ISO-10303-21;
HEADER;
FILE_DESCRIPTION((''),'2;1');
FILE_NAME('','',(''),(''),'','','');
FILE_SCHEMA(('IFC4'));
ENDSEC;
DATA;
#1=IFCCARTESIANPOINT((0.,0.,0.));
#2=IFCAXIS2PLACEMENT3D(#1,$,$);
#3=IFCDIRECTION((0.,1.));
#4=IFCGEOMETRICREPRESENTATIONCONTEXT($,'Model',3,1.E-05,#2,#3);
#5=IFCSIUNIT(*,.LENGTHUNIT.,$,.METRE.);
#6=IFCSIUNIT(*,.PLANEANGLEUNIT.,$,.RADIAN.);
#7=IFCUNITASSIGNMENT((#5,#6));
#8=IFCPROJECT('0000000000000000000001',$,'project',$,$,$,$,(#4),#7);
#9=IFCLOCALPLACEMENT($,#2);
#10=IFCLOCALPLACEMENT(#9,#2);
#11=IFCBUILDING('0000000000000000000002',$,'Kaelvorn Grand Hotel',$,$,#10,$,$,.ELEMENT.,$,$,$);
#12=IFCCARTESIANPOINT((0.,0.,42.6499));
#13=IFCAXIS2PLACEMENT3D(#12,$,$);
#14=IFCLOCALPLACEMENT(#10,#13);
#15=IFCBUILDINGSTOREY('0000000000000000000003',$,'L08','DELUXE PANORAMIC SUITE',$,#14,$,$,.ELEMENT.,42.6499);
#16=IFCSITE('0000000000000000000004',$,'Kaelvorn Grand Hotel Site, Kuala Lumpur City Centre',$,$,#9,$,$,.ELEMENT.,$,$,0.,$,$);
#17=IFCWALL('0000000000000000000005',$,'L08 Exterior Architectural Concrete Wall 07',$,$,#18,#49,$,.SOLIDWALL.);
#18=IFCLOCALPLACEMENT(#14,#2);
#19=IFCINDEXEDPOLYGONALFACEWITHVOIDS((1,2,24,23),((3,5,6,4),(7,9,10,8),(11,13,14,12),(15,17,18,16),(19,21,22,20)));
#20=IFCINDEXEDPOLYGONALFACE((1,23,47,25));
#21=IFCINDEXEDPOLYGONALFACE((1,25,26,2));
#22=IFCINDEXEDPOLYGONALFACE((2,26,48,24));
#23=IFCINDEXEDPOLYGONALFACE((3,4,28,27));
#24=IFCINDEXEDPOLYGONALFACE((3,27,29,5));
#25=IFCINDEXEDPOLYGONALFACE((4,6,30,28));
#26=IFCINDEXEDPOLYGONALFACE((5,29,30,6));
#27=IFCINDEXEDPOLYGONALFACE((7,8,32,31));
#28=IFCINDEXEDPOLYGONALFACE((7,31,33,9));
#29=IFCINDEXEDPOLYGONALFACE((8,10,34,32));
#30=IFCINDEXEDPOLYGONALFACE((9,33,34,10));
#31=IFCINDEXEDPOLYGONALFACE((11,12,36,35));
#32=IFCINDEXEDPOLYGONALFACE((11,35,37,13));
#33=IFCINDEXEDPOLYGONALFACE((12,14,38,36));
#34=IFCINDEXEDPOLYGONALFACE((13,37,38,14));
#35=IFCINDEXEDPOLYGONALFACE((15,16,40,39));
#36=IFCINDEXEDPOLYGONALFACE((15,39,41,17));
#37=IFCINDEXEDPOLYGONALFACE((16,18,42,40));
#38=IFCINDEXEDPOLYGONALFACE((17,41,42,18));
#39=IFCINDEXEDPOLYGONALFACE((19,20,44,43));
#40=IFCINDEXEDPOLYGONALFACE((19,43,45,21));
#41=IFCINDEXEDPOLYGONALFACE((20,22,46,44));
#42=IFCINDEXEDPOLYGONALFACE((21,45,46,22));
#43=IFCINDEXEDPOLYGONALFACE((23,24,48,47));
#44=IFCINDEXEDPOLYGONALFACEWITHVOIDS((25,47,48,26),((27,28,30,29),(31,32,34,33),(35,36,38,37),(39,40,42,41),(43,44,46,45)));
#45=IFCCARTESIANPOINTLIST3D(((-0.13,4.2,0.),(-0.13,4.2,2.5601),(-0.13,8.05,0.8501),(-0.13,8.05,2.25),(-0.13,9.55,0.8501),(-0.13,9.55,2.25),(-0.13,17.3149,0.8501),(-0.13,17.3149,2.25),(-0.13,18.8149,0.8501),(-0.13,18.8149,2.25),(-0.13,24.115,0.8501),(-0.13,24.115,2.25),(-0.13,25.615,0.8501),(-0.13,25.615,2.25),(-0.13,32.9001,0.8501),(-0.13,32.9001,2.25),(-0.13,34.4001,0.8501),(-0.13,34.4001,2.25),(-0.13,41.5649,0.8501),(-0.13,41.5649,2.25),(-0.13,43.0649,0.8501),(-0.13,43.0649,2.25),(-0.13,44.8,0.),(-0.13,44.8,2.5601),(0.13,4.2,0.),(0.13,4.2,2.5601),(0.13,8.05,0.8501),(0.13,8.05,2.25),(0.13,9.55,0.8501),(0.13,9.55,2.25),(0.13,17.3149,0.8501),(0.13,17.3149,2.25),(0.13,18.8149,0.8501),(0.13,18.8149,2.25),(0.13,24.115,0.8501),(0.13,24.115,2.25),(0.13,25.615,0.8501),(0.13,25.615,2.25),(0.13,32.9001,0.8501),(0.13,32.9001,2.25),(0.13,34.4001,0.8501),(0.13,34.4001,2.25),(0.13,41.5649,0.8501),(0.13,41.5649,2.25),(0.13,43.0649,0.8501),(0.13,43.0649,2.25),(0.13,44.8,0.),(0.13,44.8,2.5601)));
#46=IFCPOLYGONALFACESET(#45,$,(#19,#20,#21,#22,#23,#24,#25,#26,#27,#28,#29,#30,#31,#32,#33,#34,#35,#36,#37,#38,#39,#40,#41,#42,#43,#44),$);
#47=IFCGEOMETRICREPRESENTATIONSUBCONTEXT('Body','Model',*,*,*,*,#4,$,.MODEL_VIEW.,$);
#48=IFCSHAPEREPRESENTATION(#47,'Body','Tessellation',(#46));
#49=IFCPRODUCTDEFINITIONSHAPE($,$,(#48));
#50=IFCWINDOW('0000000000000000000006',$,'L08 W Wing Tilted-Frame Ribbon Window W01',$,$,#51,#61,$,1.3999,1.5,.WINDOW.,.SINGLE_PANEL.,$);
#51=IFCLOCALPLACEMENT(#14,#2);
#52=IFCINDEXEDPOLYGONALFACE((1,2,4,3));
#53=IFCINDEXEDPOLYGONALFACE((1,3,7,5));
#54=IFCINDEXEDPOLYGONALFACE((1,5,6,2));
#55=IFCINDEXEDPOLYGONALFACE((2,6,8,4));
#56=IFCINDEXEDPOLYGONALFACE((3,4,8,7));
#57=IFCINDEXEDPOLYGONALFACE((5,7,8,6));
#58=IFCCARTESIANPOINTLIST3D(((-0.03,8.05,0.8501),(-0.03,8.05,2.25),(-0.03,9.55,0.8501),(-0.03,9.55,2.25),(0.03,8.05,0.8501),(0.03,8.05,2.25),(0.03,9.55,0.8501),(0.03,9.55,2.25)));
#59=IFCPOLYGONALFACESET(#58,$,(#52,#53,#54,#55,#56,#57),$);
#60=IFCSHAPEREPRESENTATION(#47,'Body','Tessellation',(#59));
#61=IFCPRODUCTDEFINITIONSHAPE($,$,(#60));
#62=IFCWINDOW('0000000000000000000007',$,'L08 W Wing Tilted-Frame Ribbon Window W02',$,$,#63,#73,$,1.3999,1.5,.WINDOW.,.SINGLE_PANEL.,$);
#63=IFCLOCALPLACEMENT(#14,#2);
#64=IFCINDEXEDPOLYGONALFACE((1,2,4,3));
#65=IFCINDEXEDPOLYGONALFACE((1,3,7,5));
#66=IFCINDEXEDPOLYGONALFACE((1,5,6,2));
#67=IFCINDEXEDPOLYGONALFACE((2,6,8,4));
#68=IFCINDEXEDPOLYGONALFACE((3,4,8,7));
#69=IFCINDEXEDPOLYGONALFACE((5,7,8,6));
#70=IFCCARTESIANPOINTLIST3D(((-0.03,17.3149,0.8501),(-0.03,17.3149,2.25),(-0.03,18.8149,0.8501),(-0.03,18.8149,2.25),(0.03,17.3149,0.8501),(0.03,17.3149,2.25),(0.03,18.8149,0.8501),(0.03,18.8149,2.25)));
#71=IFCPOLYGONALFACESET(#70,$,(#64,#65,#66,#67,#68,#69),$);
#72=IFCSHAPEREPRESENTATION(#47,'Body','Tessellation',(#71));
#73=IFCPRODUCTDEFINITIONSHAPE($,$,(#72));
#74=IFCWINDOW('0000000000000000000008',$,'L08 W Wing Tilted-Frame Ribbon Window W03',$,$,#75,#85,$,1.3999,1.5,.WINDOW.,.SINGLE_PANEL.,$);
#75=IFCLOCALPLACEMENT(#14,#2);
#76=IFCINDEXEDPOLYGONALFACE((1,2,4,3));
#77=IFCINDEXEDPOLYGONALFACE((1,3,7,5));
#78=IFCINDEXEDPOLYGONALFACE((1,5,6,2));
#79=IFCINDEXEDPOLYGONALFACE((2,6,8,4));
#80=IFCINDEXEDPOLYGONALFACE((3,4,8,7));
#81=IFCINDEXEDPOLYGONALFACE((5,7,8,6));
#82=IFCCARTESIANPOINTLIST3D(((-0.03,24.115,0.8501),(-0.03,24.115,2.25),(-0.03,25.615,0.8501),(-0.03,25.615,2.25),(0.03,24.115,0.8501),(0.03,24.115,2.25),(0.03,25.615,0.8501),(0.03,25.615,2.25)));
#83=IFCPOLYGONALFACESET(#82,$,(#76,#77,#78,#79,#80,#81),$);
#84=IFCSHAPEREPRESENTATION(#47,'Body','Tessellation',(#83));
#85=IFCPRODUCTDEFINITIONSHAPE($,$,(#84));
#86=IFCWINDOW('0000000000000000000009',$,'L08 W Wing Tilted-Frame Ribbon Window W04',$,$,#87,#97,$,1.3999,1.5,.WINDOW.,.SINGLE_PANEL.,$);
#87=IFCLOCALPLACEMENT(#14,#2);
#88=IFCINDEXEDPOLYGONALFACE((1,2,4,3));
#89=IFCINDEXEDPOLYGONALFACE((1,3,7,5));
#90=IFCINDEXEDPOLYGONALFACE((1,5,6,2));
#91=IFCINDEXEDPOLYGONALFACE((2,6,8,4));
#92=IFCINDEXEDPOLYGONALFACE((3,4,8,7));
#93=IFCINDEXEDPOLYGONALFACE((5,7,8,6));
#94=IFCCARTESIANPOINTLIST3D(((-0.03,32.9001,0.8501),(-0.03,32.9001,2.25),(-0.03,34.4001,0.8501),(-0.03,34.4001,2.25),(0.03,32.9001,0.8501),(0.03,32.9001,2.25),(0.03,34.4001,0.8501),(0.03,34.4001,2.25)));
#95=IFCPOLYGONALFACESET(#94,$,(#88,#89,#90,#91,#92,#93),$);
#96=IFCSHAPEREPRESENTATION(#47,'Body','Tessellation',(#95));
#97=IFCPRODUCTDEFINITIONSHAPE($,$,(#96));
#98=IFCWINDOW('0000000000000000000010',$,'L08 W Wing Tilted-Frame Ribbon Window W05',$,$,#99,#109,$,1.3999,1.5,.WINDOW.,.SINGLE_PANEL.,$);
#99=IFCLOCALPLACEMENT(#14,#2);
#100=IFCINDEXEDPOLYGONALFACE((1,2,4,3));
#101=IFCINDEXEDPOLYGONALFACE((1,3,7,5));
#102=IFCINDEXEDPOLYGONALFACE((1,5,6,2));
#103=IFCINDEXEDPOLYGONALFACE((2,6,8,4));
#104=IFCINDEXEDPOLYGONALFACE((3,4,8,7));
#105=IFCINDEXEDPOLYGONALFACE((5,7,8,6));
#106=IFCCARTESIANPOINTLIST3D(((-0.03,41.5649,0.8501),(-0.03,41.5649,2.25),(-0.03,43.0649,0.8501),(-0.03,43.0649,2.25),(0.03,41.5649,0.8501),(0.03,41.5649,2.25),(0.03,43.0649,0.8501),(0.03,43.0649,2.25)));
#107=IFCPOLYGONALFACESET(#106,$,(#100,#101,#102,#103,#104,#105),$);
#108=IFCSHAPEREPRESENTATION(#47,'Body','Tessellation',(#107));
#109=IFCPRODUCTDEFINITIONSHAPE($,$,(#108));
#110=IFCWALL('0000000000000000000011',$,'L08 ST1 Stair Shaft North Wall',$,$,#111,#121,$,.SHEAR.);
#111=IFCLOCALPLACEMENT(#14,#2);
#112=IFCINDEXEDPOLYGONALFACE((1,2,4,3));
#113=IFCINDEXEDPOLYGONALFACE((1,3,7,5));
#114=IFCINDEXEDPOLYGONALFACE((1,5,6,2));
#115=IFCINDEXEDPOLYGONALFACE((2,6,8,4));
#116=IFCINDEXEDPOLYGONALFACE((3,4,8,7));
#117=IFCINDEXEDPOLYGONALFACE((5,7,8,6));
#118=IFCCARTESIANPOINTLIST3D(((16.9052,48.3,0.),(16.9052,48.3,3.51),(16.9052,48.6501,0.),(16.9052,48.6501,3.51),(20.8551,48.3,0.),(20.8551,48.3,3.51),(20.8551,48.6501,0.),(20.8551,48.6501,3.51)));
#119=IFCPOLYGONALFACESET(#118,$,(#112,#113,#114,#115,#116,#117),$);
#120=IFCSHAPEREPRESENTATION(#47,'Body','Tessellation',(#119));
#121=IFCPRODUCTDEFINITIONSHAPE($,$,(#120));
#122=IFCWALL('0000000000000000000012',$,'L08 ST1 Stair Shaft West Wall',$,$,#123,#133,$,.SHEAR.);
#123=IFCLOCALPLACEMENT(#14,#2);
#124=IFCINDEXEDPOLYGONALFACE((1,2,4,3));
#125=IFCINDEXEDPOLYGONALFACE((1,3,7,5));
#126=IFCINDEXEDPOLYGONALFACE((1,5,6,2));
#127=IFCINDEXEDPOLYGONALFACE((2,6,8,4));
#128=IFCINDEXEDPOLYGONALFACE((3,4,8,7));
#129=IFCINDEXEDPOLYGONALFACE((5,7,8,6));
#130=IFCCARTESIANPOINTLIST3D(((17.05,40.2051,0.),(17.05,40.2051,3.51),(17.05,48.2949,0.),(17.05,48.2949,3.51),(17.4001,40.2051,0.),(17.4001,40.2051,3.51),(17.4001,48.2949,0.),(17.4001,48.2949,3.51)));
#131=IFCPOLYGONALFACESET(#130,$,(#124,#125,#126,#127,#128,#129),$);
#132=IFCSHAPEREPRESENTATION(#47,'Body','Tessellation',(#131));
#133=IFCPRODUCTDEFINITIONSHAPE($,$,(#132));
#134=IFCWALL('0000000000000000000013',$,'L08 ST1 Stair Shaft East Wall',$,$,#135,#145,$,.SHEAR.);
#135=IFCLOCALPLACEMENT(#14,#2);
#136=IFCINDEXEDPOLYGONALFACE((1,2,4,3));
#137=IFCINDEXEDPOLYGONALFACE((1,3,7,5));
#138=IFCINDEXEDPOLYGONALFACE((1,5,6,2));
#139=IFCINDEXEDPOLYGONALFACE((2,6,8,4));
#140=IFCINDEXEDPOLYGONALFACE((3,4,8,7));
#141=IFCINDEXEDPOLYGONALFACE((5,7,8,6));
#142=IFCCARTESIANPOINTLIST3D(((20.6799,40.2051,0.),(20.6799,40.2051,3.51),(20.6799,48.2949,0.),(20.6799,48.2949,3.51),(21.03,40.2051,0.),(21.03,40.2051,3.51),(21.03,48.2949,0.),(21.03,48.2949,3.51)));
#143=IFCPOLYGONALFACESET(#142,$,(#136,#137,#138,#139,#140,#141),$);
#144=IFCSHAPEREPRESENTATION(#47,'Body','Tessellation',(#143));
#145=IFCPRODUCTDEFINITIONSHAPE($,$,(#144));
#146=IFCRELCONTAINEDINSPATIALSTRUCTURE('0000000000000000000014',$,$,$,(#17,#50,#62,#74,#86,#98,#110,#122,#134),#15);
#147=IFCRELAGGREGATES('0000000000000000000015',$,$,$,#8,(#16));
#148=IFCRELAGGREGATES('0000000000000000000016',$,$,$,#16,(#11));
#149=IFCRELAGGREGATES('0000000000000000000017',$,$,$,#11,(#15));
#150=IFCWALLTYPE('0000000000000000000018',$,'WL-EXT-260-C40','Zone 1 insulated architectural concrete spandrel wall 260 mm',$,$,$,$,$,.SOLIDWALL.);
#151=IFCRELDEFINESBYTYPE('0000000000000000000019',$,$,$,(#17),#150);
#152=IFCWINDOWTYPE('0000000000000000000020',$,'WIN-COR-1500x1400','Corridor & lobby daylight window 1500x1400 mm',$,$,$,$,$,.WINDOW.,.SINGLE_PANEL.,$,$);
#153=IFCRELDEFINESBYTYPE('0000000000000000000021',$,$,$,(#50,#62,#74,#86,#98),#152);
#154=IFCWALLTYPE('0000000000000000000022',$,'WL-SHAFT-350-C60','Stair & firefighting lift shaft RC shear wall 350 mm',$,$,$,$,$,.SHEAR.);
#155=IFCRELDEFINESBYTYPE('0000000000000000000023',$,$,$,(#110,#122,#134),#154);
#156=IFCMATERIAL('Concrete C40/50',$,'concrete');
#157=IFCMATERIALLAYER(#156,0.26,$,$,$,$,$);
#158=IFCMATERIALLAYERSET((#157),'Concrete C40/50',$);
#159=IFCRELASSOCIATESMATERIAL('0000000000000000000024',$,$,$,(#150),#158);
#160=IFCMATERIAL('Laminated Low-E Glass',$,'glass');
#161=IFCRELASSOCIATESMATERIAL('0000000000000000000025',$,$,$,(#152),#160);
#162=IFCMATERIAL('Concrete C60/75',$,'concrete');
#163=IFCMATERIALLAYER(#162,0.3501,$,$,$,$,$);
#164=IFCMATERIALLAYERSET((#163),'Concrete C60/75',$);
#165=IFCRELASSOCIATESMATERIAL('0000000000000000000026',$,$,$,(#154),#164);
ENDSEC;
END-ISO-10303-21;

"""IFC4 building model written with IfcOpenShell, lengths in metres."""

from ifc_helpers import new_model, si_unit, direction, frame, frame_2d, origin, place, context, subcontext, project, spatial, rectangle, extrude, material, layer, layer_set, type_object, element, fill, save


model = new_model("IFC4")

# Units and contexts
model_context = context("Model", 3, precision=1e-05, world=origin(), true_north=direction((0.0, 1.0)))
body_context = subcontext(model_context, "Body", "Model", "MODEL_VIEW")
ifc_project = project(units=[si_unit("LENGTHUNIT", "METRE"), si_unit("PLANEANGLEUNIT", "RADIAN")], contexts=[model_context])

# Site, building, storey
site_placement = place(None, origin())
site = spatial("IfcSite", under=ifc_project, at=site_placement, Name="Kaelvorn Grand Hotel Site, Kuala Lumpur City Centre", CompositionType="ELEMENT", RefElevation=0.0)
building_placement = place(site_placement, origin())
building = spatial("IfcBuilding", under=site, at=building_placement, Name="Kaelvorn Grand Hotel", CompositionType="ELEMENT")
storey_placement = place(building_placement, frame((0.0, 0.0, 42.6499)))
storey = spatial("IfcBuildingStorey", under=building, at=storey_placement, Name="L08", Description="DELUXE PANORAMIC SUITE", CompositionType="ELEMENT", Elevation=42.6499)

# Shared definitions
ifc_material_1 = material(Name="Concrete C60/75", Category="concrete")

# Shared definitions
ifc_material_2 = material(Name="Concrete C40/50", Category="concrete")
ifc_layer_1 = layer(ifc_material_2, 0.26)
ifc_layer_set_1 = layer_set([ifc_layer_1], Name="Concrete C40/50")
wall_type_1 = type_object("IfcWallType", Name="WL-EXT-260-C40", Description="Zone 1 insulated architectural concrete spandrel wall 260 mm", PredefinedType="SOLIDWALL", material=ifc_layer_set_1)

# Wall, openings, windows
wall_1_placement = place(storey_placement, frame((0.0, 44.8, 0.0), z_axis=(0.0, 0.0, 1.0), x_axis=(0.0, -1.0, 0.0)))
wall_1 = element("IfcWall", 1, at=wall_1_placement, inside=storey, type_object=wall_type_1, Name="L08 Exterior Architectural Concrete Wall 07", PredefinedType="SOLIDWALL", context=body_context, shape_type="SweptSolid", body=[
    extrude(rectangle(XDim=40.6001, YDim=0.26, at=frame_2d((20.3, 0.0))), origin(), (0.0, 0.0, 1.0), 2.5601),
])
opening_1_placement = place(wall_1_placement, frame((35.25, 0.0, 0.8501)))
opening_1 = element("IfcOpeningElement", 2, at=opening_1_placement, cuts=wall_1, PredefinedType="OPENING", context=body_context, shape_type="SweptSolid", body=[
    extrude(rectangle(XDim=1.5, YDim=1.3999, at=frame_2d((0.75, 0.7))), frame((0.0, 0.1401, 0.0), z_axis=(0.0, -1.0, 0.0), x_axis=(1.0, 0.0, 0.0)), (0.0, 0.0, 1.0), 0.28),
])
opening_2_placement = place(wall_1_placement, frame((25.9851, 0.0, 0.8501)))
opening_2 = element("IfcOpeningElement", 3, at=opening_2_placement, cuts=wall_1, PredefinedType="OPENING", context=body_context, shape_type="SweptSolid", body=[
    extrude(rectangle(XDim=1.5, YDim=1.3999, at=frame_2d((0.75, 0.7))), frame((0.0, 0.1401, 0.0), z_axis=(0.0, -1.0, 0.0), x_axis=(1.0, 0.0, 0.0)), (0.0, 0.0, 1.0), 0.28),
])
opening_3_placement = place(wall_1_placement, frame((19.1851, 0.0, 0.8501)))
opening_3 = element("IfcOpeningElement", 4, at=opening_3_placement, cuts=wall_1, PredefinedType="OPENING", context=body_context, shape_type="SweptSolid", body=[
    extrude(rectangle(XDim=1.5, YDim=1.3999, at=frame_2d((0.75, 0.7))), frame((0.0, 0.1401, 0.0), z_axis=(0.0, -1.0, 0.0), x_axis=(1.0, 0.0, 0.0)), (0.0, 0.0, 1.0), 0.28),
])
opening_4_placement = place(wall_1_placement, frame((10.3999, 0.0, 0.8501)))
opening_4 = element("IfcOpeningElement", 5, at=opening_4_placement, cuts=wall_1, PredefinedType="OPENING", context=body_context, shape_type="SweptSolid", body=[
    extrude(rectangle(XDim=1.5, YDim=1.3999, at=frame_2d((0.75, 0.7))), frame((0.0, 0.1401, 0.0), z_axis=(0.0, -1.0, 0.0), x_axis=(1.0, 0.0, 0.0)), (0.0, 0.0, 1.0), 0.28),
])
opening_5_placement = place(wall_1_placement, frame((1.7351, 0.0, 0.8501)))
opening_5 = element("IfcOpeningElement", 6, at=opening_5_placement, cuts=wall_1, PredefinedType="OPENING", context=body_context, shape_type="SweptSolid", body=[
    extrude(rectangle(XDim=1.5, YDim=1.3999, at=frame_2d((0.75, 0.7))), frame((0.0, 0.1401, 0.0), z_axis=(0.0, -1.0, 0.0), x_axis=(1.0, 0.0, 0.0)), (0.0, 0.0, 1.0), 0.28),
])
ifc_material_3 = material(Name="Laminated Low-E Glass", Category="glass")
window_type = type_object("IfcWindowType", Name="WIN-COR-1500x1400", Description="Corridor & lobby daylight window 1500x1400 mm", PartitioningType="SINGLE_PANEL", PredefinedType="WINDOW", material=ifc_material_3)
window_1_placement = place(opening_1_placement, origin())
window_1 = element("IfcWindow", 7, at=window_1_placement, inside=storey, type_object=window_type, Name="L08 W Wing Tilted-Frame Ribbon Window W01", OverallHeight=1.3999, OverallWidth=1.5, PartitioningType="SINGLE_PANEL", PredefinedType="WINDOW", context=body_context, shape_type="SweptSolid", body=[
    extrude(rectangle(XDim=1.5, YDim=1.3999, at=frame_2d((0.75, 0.7))), frame((0.0, 0.03, 0.0), z_axis=(0.0, -1.0, 0.0), x_axis=(1.0, 0.0, 0.0)), (0.0, 0.0, 1.0), 0.0601),
])
fill(opening_1, window_1)
window_2_placement = place(opening_2_placement, origin())
window_2 = element("IfcWindow", 8, at=window_2_placement, inside=storey, type_object=window_type, Name="L08 W Wing Tilted-Frame Ribbon Window W02", OverallHeight=1.3999, OverallWidth=1.5, PartitioningType="SINGLE_PANEL", PredefinedType="WINDOW", context=body_context, shape_type="SweptSolid", body=[
    extrude(rectangle(XDim=1.5, YDim=1.3999, at=frame_2d((0.75, 0.7))), frame((0.0, 0.03, 0.0), z_axis=(0.0, -1.0, 0.0), x_axis=(1.0, 0.0, 0.0)), (0.0, 0.0, 1.0), 0.0601),
])
fill(opening_2, window_2)
window_3_placement = place(opening_3_placement, origin())
window_3 = element("IfcWindow", 9, at=window_3_placement, inside=storey, type_object=window_type, Name="L08 W Wing Tilted-Frame Ribbon Window W03", OverallHeight=1.3999, OverallWidth=1.5, PartitioningType="SINGLE_PANEL", PredefinedType="WINDOW", context=body_context, shape_type="SweptSolid", body=[
    extrude(rectangle(XDim=1.5, YDim=1.3999, at=frame_2d((0.75, 0.7))), frame((0.0, 0.03, 0.0), z_axis=(0.0, -1.0, 0.0), x_axis=(1.0, 0.0, 0.0)), (0.0, 0.0, 1.0), 0.0601),
])
fill(opening_3, window_3)
window_4_placement = place(opening_4_placement, origin())
window_4 = element("IfcWindow", 10, at=window_4_placement, inside=storey, type_object=window_type, Name="L08 W Wing Tilted-Frame Ribbon Window W04", OverallHeight=1.3999, OverallWidth=1.5, PartitioningType="SINGLE_PANEL", PredefinedType="WINDOW", context=body_context, shape_type="SweptSolid", body=[
    extrude(rectangle(XDim=1.5, YDim=1.3999, at=frame_2d((0.75, 0.7))), frame((0.0, 0.03, 0.0), z_axis=(0.0, -1.0, 0.0), x_axis=(1.0, 0.0, 0.0)), (0.0, 0.0, 1.0), 0.0601),
])
fill(opening_4, window_4)
window_5_placement = place(opening_5_placement, origin())
window_5 = element("IfcWindow", 11, at=window_5_placement, inside=storey, type_object=window_type, Name="L08 W Wing Tilted-Frame Ribbon Window W05", OverallHeight=1.3999, OverallWidth=1.5, PartitioningType="SINGLE_PANEL", PredefinedType="WINDOW", context=body_context, shape_type="SweptSolid", body=[
    extrude(rectangle(XDim=1.5, YDim=1.3999, at=frame_2d((0.75, 0.7))), frame((0.0, 0.03, 0.0), z_axis=(0.0, -1.0, 0.0), x_axis=(1.0, 0.0, 0.0)), (0.0, 0.0, 1.0), 0.0601),
])
fill(opening_5, window_5)

# Shared definitions
ifc_layer_2 = layer(ifc_material_1, 0.3501)
ifc_layer_set_2 = layer_set([ifc_layer_2], Name="Concrete C60/75")
wall_type_2 = type_object("IfcWallType", Name="WL-SHAFT-350-C60", Description="Stair & firefighting lift shaft RC shear wall 350 mm", PredefinedType="SHEAR", material=ifc_layer_set_2)

# Walls
wall_2_placement = place(storey_placement, frame((16.905, 48.4751, 0.0), z_axis=(0.0, 0.0, 1.0), x_axis=(1.0, 0.0, 0.0)))
element("IfcWall", 12, at=wall_2_placement, inside=storey, type_object=wall_type_2, Name="L08 ST1 Stair Shaft North Wall", PredefinedType="SHEAR", context=body_context, shape_type="SweptSolid", body=[
    extrude(rectangle(XDim=3.95, YDim=0.3501, at=frame_2d((1.9751, 0.0))), origin(), (0.0, 0.0, 1.0), 3.51),
])
for number, where, z_axis, x_axis, name in (
    (13, (17.2251, 40.2051, 0.0), (0.0, 0.0, 1.0), (0.0, 1.0, 0.0), "L08 ST1 Stair Shaft West Wall"),
    (14, (20.855, 40.2051, 0.0), (0.0, 0.0, 1.0), (0.0, 1.0, 0.0), "L08 ST1 Stair Shaft East Wall"),
):
    element("IfcWall", number, at=place(storey_placement, frame(where, z_axis=z_axis, x_axis=x_axis)), inside=storey, type_object=wall_type_2, Name=name, PredefinedType="SHEAR", context=body_context, shape_type="SweptSolid", body=[
        extrude(rectangle(XDim=8.0898, YDim=0.3501, at=frame_2d((4.0449, 0.0))), origin(), (0.0, 0.0, 1.0), 3.51),
    ])

save(model, "model.ifc")
